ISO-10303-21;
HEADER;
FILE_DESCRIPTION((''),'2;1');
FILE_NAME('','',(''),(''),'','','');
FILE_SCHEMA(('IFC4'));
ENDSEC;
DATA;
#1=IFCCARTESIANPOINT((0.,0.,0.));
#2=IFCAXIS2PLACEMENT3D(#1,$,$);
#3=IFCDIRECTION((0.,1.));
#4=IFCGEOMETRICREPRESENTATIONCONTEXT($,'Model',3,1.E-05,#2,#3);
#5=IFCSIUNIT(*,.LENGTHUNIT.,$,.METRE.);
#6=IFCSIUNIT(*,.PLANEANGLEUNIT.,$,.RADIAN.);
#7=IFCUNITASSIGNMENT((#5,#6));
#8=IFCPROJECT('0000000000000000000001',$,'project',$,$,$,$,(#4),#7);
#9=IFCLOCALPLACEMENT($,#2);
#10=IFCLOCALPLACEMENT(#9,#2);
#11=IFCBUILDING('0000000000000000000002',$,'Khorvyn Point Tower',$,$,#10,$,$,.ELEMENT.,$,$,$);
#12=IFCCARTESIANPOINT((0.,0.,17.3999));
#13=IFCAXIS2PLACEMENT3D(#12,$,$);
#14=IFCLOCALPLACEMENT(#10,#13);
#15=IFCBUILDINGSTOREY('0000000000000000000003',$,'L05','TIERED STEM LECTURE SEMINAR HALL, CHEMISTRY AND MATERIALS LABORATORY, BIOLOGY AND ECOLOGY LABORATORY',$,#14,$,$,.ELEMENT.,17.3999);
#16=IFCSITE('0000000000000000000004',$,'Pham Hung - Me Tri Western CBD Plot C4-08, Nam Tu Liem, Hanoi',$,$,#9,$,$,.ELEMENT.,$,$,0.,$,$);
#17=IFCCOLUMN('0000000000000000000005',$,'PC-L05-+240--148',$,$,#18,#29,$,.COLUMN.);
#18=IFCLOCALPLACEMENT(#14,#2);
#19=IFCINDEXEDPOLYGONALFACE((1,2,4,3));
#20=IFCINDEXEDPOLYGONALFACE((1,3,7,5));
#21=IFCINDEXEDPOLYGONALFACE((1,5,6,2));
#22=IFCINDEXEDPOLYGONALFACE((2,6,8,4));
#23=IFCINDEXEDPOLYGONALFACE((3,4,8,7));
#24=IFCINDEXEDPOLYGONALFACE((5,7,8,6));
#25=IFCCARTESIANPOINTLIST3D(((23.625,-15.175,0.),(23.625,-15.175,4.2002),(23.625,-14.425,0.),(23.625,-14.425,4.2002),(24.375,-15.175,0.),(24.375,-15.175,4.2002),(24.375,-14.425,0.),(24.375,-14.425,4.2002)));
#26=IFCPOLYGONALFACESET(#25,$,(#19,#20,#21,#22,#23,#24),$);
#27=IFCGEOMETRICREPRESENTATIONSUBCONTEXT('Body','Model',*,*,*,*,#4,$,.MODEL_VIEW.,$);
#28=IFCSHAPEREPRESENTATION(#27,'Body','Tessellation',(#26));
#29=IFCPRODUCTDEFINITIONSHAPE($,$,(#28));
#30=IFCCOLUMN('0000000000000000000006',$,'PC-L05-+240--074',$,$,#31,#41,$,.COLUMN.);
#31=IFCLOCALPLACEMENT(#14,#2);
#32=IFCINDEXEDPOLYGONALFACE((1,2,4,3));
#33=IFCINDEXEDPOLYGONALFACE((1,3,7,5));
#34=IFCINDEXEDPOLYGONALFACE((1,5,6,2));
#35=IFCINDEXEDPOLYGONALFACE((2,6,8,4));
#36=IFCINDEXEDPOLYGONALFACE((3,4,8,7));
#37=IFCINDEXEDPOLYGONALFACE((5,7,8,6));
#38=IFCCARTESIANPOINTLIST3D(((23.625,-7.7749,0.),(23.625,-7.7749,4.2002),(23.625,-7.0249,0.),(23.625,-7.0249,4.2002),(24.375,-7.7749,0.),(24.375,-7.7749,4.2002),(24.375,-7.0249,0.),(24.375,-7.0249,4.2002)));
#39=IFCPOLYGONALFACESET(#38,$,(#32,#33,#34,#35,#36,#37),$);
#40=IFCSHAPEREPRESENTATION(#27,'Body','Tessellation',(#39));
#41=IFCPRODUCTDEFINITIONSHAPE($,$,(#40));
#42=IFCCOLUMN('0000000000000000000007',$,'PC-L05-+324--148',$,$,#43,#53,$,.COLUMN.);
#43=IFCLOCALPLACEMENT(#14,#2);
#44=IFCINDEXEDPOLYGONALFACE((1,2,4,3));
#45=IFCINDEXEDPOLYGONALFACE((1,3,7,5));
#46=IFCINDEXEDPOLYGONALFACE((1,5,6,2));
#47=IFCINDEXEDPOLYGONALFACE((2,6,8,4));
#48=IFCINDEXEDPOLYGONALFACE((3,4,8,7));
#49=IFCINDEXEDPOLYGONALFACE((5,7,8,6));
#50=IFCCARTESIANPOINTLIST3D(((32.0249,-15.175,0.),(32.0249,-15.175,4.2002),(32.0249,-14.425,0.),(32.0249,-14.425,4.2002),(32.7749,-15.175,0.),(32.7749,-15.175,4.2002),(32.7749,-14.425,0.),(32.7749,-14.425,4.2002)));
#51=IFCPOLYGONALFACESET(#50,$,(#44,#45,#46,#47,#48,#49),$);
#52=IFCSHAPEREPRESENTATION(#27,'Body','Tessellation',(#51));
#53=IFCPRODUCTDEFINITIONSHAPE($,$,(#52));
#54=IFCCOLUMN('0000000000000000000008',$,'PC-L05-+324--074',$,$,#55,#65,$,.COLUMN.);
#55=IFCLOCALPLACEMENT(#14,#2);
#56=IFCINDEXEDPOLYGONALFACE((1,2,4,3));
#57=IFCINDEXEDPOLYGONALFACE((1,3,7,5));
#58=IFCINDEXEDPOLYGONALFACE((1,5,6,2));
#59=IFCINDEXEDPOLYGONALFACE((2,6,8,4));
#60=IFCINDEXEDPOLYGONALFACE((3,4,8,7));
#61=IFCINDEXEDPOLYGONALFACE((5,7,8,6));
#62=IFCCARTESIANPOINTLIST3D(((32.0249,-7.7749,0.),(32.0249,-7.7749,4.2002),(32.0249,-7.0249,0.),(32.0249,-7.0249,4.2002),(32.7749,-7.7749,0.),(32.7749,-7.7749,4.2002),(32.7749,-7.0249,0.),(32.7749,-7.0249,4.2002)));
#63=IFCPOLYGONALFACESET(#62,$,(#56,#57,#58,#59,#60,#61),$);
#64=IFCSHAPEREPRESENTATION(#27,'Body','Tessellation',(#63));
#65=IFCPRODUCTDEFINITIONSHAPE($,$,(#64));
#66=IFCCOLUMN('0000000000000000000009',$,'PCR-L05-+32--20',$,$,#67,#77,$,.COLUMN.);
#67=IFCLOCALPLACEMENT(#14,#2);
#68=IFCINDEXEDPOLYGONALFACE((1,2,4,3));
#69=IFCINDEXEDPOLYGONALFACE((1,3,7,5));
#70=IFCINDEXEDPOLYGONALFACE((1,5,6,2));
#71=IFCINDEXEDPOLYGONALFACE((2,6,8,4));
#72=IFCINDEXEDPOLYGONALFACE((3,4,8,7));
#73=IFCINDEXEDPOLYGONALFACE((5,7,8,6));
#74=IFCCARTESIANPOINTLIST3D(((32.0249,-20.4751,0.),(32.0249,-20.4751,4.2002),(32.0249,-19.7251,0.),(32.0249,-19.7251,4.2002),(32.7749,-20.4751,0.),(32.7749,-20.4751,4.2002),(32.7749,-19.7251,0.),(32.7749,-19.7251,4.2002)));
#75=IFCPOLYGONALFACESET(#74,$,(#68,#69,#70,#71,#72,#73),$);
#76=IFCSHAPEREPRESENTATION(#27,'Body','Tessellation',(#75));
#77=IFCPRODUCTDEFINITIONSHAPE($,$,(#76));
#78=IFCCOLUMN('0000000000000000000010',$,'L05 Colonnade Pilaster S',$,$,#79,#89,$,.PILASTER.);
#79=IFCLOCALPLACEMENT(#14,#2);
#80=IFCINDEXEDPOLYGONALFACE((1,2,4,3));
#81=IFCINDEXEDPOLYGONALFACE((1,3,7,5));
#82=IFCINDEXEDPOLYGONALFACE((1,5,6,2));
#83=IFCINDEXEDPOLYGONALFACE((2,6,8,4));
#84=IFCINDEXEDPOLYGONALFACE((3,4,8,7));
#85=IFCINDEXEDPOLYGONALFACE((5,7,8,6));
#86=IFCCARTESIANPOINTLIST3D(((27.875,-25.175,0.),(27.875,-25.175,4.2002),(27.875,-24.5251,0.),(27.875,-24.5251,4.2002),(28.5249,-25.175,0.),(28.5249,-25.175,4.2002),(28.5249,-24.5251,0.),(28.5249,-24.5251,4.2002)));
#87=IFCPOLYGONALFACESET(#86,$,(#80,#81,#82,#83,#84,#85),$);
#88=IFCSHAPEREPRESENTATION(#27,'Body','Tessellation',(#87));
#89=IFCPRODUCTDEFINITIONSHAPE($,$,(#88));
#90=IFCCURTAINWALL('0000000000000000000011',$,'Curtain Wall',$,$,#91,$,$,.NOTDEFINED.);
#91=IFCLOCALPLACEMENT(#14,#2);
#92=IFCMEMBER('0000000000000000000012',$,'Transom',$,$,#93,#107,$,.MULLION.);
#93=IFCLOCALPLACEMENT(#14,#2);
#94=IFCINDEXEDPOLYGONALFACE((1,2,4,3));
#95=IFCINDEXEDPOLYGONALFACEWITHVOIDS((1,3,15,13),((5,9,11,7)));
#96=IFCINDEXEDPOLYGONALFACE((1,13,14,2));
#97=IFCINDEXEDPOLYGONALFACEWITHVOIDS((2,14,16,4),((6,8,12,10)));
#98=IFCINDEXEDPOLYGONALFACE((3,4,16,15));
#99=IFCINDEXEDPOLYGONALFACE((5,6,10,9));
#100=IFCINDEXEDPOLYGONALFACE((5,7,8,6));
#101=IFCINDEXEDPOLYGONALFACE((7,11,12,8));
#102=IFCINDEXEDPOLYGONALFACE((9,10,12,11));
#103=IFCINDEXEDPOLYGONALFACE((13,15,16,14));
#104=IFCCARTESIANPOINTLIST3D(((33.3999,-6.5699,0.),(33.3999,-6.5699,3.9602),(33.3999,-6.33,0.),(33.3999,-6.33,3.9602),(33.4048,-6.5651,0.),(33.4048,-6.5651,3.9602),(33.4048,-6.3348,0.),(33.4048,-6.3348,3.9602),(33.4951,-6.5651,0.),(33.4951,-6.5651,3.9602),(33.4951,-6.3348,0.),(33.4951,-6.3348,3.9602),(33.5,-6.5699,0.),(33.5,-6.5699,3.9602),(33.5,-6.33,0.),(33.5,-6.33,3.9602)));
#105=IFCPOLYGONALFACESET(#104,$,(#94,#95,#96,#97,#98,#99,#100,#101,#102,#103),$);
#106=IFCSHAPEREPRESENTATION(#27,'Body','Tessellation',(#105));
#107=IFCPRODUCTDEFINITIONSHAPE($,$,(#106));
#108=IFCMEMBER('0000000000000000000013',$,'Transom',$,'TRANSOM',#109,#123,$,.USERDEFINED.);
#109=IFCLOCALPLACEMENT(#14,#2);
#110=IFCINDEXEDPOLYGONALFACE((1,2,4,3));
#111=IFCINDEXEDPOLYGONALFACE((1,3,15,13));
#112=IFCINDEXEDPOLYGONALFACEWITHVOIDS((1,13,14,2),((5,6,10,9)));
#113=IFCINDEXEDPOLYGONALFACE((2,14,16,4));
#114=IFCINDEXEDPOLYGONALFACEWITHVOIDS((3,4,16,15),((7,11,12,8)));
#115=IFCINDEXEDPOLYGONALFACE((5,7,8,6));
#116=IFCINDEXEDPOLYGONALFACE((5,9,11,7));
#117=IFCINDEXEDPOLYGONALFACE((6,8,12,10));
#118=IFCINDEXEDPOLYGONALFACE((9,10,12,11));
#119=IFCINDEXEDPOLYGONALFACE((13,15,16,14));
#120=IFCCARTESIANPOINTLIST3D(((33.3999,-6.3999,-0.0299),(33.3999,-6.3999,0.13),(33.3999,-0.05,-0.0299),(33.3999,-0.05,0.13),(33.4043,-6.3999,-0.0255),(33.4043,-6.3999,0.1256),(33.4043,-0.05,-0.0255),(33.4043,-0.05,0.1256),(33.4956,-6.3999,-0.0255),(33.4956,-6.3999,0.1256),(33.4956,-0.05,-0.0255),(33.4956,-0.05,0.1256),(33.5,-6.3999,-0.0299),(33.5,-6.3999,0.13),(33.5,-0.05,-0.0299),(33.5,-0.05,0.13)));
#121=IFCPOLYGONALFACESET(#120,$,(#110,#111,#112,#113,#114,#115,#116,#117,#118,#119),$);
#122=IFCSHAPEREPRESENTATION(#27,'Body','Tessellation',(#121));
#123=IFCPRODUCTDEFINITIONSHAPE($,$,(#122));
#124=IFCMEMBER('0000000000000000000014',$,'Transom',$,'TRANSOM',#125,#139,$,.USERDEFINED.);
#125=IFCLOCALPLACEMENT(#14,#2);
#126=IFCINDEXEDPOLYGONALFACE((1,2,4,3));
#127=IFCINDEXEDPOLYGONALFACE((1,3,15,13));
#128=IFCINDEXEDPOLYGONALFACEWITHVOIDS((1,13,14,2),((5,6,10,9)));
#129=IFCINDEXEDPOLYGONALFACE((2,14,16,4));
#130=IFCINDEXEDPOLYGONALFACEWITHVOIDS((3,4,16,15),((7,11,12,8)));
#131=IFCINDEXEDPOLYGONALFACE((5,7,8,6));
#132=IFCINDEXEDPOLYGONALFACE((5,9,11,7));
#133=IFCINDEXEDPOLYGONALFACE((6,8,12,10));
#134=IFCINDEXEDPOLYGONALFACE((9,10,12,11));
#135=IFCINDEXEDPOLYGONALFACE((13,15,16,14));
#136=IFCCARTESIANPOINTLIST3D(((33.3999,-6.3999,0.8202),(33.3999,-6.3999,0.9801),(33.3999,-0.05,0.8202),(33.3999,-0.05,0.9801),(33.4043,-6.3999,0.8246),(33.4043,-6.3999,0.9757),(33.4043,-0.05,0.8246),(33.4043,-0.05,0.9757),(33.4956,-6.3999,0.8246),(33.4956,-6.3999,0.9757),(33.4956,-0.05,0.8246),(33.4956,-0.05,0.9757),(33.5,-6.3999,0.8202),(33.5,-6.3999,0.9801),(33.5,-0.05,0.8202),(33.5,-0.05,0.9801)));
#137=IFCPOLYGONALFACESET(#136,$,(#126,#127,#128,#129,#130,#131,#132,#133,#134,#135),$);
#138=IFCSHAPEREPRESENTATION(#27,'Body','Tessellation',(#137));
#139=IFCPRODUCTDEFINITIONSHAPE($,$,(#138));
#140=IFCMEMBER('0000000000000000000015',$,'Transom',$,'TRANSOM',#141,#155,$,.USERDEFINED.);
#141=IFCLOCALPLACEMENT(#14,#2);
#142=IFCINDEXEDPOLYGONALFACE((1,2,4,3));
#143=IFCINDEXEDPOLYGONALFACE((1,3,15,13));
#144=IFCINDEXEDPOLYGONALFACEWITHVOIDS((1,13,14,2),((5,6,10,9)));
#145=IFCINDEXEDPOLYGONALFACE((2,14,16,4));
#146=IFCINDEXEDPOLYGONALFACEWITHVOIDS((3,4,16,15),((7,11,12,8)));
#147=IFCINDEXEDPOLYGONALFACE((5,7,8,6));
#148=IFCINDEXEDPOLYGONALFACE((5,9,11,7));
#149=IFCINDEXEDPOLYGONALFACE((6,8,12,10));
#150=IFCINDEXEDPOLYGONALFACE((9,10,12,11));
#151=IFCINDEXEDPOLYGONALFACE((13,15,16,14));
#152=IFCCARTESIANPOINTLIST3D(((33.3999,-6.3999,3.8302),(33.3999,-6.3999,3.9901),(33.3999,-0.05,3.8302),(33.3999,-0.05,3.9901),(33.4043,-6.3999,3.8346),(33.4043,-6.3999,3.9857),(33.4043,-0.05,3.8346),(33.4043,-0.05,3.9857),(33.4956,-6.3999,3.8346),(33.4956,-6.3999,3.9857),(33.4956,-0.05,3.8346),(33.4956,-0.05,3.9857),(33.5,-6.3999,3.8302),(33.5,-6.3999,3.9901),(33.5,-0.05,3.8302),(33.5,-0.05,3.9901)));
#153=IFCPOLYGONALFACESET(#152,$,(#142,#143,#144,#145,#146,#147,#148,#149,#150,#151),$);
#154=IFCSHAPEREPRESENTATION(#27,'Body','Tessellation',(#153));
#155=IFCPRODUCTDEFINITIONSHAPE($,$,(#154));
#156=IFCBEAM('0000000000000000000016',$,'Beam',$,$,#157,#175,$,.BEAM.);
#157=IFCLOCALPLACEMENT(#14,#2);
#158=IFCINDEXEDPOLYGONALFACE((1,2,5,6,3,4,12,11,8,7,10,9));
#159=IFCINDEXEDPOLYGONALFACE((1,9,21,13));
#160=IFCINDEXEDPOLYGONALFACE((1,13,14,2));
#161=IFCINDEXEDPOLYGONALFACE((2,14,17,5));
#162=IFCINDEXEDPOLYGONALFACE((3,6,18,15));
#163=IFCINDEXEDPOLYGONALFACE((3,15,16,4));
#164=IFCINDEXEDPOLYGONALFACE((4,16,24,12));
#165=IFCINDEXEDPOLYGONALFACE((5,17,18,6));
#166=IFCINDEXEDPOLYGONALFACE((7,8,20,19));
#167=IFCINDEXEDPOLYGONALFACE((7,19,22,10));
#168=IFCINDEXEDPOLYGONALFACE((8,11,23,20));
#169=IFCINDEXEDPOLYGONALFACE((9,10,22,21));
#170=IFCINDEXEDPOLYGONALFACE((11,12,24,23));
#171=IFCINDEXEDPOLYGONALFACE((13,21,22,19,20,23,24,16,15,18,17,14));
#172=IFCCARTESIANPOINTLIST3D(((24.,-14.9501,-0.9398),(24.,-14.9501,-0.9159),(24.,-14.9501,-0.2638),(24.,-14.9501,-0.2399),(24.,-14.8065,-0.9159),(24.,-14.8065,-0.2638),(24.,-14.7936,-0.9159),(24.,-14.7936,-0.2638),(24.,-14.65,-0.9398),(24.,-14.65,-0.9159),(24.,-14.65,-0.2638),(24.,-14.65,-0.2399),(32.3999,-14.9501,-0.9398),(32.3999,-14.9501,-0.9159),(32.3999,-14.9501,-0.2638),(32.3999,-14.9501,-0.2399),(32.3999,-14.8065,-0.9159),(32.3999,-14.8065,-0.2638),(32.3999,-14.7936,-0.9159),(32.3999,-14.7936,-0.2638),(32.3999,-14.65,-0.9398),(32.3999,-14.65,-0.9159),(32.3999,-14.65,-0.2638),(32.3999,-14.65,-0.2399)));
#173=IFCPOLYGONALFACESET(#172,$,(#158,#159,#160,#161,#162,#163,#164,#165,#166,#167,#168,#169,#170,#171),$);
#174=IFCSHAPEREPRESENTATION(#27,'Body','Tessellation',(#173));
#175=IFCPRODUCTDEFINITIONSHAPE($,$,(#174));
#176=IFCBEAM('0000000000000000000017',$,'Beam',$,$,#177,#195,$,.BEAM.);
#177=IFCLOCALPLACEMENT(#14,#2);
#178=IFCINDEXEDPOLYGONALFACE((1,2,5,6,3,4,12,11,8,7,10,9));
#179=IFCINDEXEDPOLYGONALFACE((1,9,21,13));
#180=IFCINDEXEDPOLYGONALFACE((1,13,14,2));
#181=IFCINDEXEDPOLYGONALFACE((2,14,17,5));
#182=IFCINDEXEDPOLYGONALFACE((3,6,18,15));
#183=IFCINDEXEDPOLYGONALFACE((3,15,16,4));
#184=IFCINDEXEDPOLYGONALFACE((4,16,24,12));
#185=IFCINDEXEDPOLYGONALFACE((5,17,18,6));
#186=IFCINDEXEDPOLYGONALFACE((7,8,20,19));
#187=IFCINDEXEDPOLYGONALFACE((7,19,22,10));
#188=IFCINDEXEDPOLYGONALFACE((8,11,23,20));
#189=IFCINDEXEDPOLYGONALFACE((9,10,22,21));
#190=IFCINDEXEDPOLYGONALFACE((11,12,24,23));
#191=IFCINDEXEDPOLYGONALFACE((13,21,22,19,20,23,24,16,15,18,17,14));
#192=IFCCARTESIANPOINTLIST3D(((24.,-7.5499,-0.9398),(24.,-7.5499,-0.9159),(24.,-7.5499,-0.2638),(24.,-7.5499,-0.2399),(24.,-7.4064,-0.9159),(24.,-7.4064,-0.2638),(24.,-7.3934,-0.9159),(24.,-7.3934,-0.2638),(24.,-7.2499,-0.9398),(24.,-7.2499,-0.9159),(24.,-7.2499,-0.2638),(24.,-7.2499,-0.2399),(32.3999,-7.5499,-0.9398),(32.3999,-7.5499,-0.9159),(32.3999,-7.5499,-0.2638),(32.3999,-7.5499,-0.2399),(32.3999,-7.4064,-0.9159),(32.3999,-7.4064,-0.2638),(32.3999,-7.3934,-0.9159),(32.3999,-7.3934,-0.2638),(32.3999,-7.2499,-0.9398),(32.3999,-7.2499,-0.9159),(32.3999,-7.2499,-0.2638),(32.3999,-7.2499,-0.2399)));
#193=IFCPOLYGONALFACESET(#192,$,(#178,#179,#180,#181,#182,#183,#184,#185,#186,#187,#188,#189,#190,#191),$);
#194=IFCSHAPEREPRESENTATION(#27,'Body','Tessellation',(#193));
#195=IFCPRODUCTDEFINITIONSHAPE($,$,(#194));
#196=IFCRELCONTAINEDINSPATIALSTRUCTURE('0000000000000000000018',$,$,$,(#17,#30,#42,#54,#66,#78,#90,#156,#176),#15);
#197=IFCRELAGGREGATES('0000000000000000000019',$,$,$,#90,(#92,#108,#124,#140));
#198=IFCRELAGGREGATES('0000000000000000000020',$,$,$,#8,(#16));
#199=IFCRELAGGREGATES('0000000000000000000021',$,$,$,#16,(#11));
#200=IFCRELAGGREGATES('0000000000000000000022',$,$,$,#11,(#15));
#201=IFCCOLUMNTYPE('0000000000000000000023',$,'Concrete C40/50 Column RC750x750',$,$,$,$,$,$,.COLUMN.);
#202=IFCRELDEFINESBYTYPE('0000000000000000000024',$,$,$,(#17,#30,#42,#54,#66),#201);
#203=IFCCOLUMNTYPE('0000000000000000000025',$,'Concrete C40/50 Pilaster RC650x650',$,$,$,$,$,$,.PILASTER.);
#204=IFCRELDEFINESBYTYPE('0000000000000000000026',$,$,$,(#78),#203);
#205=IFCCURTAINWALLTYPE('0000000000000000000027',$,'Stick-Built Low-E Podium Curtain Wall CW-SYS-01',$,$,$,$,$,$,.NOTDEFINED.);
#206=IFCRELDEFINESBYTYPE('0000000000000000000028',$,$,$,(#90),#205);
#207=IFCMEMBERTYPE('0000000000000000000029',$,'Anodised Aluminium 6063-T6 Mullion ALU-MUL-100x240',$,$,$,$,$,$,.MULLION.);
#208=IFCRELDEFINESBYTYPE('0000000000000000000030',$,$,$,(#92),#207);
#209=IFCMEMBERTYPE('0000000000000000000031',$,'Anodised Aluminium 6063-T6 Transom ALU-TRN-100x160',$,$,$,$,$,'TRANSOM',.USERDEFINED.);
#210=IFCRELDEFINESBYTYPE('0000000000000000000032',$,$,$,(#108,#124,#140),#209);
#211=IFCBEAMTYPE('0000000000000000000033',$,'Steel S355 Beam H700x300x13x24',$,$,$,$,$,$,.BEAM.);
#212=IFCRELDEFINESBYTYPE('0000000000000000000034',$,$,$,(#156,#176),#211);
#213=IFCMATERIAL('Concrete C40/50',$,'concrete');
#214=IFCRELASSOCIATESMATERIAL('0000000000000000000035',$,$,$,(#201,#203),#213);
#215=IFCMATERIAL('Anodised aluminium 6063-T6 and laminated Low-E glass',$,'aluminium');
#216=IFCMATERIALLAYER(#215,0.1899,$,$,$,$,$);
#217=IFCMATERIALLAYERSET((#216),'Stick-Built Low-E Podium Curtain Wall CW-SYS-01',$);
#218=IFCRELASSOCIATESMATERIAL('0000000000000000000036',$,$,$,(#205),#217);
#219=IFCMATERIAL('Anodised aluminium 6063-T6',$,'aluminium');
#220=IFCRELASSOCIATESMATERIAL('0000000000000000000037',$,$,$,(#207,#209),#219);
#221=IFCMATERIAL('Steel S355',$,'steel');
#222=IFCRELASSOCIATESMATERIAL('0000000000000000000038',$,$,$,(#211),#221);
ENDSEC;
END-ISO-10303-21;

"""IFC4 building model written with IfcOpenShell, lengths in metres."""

from ifc_helpers import new_model, si_unit, direction, frame, origin, origin_2d, place, context, subcontext, project, spatial, rectangle, hollow_rectangle, i_section, extrude, material, layer, layer_set, material_profile, profile_set, type_object, element, aggregate, save


model = new_model("IFC4")

# Units and contexts
model_context = context("Model", 3, precision=1e-05, world=origin(), true_north=direction((0.0, 1.0)))
body_context = subcontext(model_context, "Body", "Model", "MODEL_VIEW")
ifc_project = project(units=[si_unit("LENGTHUNIT", "METRE"), si_unit("PLANEANGLEUNIT", "RADIAN")], contexts=[model_context])

# Site, building, storey
site_placement = place(None, origin())
site = spatial("IfcSite", under=ifc_project, at=site_placement, Name="Pham Hung - Me Tri Western CBD Plot C4-08, Nam Tu Liem, Hanoi", CompositionType="ELEMENT", RefElevation=0.0)
building_placement = place(site_placement, origin())
building = spatial("IfcBuilding", under=site, at=building_placement, Name="Khorvyn Point Tower", CompositionType="ELEMENT")
storey_placement = place(building_placement, frame((0.0, 0.0, 17.3999)))
storey = spatial("IfcBuildingStorey", under=building, at=storey_placement, Name="L05", Description="TIERED STEM LECTURE SEMINAR HALL, CHEMISTRY AND MATERIALS LABORATORY, BIOLOGY AND ECOLOGY LABORATORY", CompositionType="ELEMENT", Elevation=17.3999)

# Columns
ifc_material_1 = material(Name="Concrete C40/50", Category="concrete")
ifc_material_profile_1 = material_profile(ifc_material_1, rectangle(XDim=0.75, YDim=0.75, at=origin_2d()))
ifc_profile_set_1 = profile_set([ifc_material_profile_1], Name="Concrete C40/50 RC750x750")
column_type_1 = type_object("IfcColumnType", Name="Concrete C40/50 Column RC750x750", PredefinedType="COLUMN", material=ifc_profile_set_1)
for number, where, z_axis, x_axis, name in (
    (1, (24.0, -14.8, 0.0), (0.0, 0.0, 1.0), (1.0, 0.0, 0.0), "PC-L05-+240--148"),
    (2, (24.0, -7.3999, 0.0), (0.0, 0.0, 1.0), (1.0, 0.0, 0.0), "PC-L05-+240--074"),
    (3, (32.3999, -14.8, 0.0), (0.0, 0.0, 1.0), (1.0, 0.0, 0.0), "PC-L05-+324--148"),
    (4, (32.3999, -7.3999, 0.0), (0.0, 0.0, 1.0), (1.0, 0.0, 0.0), "PC-L05-+324--074"),
    (5, (32.3999, -20.1001, 0.0), (0.0, 0.0, 1.0), (1.0, 0.0, 0.0), "PCR-L05-+32--20"),
):
    element("IfcColumn", number, at=place(storey_placement, frame(where, z_axis=z_axis, x_axis=x_axis)), inside=storey, type_object=column_type_1, Name=name, PredefinedType="COLUMN", context=body_context, shape_type="SweptSolid", body=[
        extrude(rectangle(XDim=0.75, YDim=0.75, at=origin_2d()), origin(), (0.0, 0.0, 1.0), 4.2002),
    ])
ifc_material_profile_2 = material_profile(ifc_material_1, rectangle(XDim=0.6499, YDim=0.6499, at=origin_2d()))
ifc_profile_set_2 = profile_set([ifc_material_profile_2], Name="Concrete C40/50 RC650x650")
column_type_2 = type_object("IfcColumnType", Name="Concrete C40/50 Pilaster RC650x650", PredefinedType="PILASTER", material=ifc_profile_set_2)
column_placement = place(storey_placement, frame((28.2, -24.8501, 0.0), z_axis=(0.0, 0.0, 1.0), x_axis=(1.0, 0.0, 0.0)))
element("IfcColumn", 6, at=column_placement, inside=storey, type_object=column_type_2, Name="L05 Colonnade Pilaster S", PredefinedType="PILASTER", context=body_context, shape_type="SweptSolid", body=[
    extrude(rectangle(XDim=0.6499, YDim=0.6499, at=origin_2d()), origin(), (0.0, 0.0, 1.0), 4.2002),
])

# Curtain wall, members
ifc_material_2 = material(Name="Anodised aluminium 6063-T6 and laminated Low-E glass", Category="aluminium")
ifc_layer_1 = layer(ifc_material_2, 0.1899)
ifc_layer_set_1 = layer_set([ifc_layer_1], Name="Stick-Built Low-E Podium Curtain Wall CW-SYS-01")
curtain_wall_type = type_object("IfcCurtainWallType", Name="Stick-Built Low-E Podium Curtain Wall CW-SYS-01", PredefinedType="NOTDEFINED", material=ifc_layer_set_1)
curtain_wall_placement = place(storey_placement, origin())
curtain_wall = element("IfcCurtainWall", 7, at=curtain_wall_placement, inside=storey, type_object=curtain_wall_type, Name="Curtain Wall", PredefinedType="NOTDEFINED")
ifc_material_3 = material(Name="Anodised aluminium 6063-T6", Category="aluminium")
ifc_material_profile_3 = material_profile(ifc_material_3, hollow_rectangle(XDim=0.1001, YDim=0.24, WallThickness=0.0049, at=origin_2d()))
ifc_profile_set_3 = profile_set([ifc_material_profile_3], Name="Anodised aluminium 6063-T6 ALU-MUL-100x240")
member_type_1 = type_object("IfcMemberType", Name="Anodised Aluminium 6063-T6 Mullion ALU-MUL-100x240", PredefinedType="MULLION", material=ifc_profile_set_3)
member_1_placement = place(storey_placement, frame((33.45, -6.45, 0.0), z_axis=(0.0, 0.0, 1.0), x_axis=(-1.0, 0.0, 0.0)))
member_1 = element("IfcMember", 8, at=member_1_placement, type_object=member_type_1, Name="Transom", PredefinedType="MULLION", context=body_context, shape_type="SweptSolid", body=[
    extrude(hollow_rectangle(XDim=0.1001, YDim=0.24, WallThickness=0.0049, at=origin_2d()), origin(), (0.0, 0.0, 1.0), 3.9602),
])
ifc_material_profile_4 = material_profile(ifc_material_3, hollow_rectangle(XDim=0.1001, YDim=0.1599, WallThickness=0.0044, at=origin_2d()))
ifc_profile_set_4 = profile_set([ifc_material_profile_4], Name="Anodised aluminium 6063-T6 ALU-TRN-100x160")
member_type_2 = type_object("IfcMemberType", Name="Anodised Aluminium 6063-T6 Transom ALU-TRN-100x160", ElementType="TRANSOM", PredefinedType="USERDEFINED", material=ifc_profile_set_4)
member_2_placement = place(storey_placement, frame((33.45, -6.3999, 0.05), z_axis=(0.0, 1.0, 0.0), x_axis=(-1.0, 0.0, 0.0)))
member_2 = element("IfcMember", 9, at=member_2_placement, type_object=member_type_2, Name="Transom", ObjectType="TRANSOM", PredefinedType="USERDEFINED", context=body_context, shape_type="SweptSolid", body=[
    extrude(hollow_rectangle(XDim=0.1001, YDim=0.1599, WallThickness=0.0044, at=origin_2d()), origin(), (0.0, 0.0, 1.0), 6.3499),
])
member_3_placement = place(storey_placement, frame((33.45, -6.3999, 0.9001), z_axis=(0.0, 1.0, 0.0), x_axis=(-1.0, 0.0, 0.0)))
member_3 = element("IfcMember", 10, at=member_3_placement, type_object=member_type_2, Name="Transom", ObjectType="TRANSOM", PredefinedType="USERDEFINED", context=body_context, shape_type="SweptSolid", body=[
    extrude(hollow_rectangle(XDim=0.1001, YDim=0.1599, WallThickness=0.0044, at=origin_2d()), origin(), (0.0, 0.0, 1.0), 6.3499),
])
member_4_placement = place(storey_placement, frame((33.45, -6.3999, 3.9102), z_axis=(0.0, 1.0, 0.0), x_axis=(-1.0, 0.0, 0.0)))
member_4 = element("IfcMember", 11, at=member_4_placement, type_object=member_type_2, Name="Transom", ObjectType="TRANSOM", PredefinedType="USERDEFINED", context=body_context, shape_type="SweptSolid", body=[
    extrude(hollow_rectangle(XDim=0.1001, YDim=0.1599, WallThickness=0.0044, at=origin_2d()), origin(), (0.0, 0.0, 1.0), 6.3499),
])

# Beams
ifc_material_4 = material(Name="Steel S355", Category="steel")
ifc_material_profile_5 = material_profile(ifc_material_4, i_section(OverallWidth=0.3, OverallDepth=0.7, WebThickness=0.0129, FlangeThickness=0.0239, at=origin_2d()))
ifc_profile_set_5 = profile_set([ifc_material_profile_5], Name="Steel S355 H700x300x13x24")
beam_type_1 = type_object("IfcBeamType", Name="Steel S355 Beam H700x300x13x24", PredefinedType="BEAM", material=ifc_profile_set_5)
for number, where, z_axis, x_axis, name in (
    (12, (24.0, -14.8, -0.5898), (1.0, 0.0, 0.0), (0.0, 1.0, 0.0), "Beam"),
    (13, (24.0, -7.3999, -0.5898), (1.0, 0.0, 0.0), (0.0, 1.0, 0.0), "Beam"),
):
    element("IfcBeam", number, at=place(storey_placement, frame(where, z_axis=z_axis, x_axis=x_axis)), inside=storey, type_object=beam_type_1, Name=name, PredefinedType="BEAM", context=body_context, shape_type="SweptSolid", body=[
        extrude(i_section(OverallWidth=0.3, OverallDepth=0.7, WebThickness=0.0129, FlangeThickness=0.0239, at=origin_2d()), origin(), (0.0, 0.0, 1.0), 8.3999),
    ])

aggregate(curtain_wall, [member_1, member_2, member_3, member_4])

save(model, "model.ifc")
